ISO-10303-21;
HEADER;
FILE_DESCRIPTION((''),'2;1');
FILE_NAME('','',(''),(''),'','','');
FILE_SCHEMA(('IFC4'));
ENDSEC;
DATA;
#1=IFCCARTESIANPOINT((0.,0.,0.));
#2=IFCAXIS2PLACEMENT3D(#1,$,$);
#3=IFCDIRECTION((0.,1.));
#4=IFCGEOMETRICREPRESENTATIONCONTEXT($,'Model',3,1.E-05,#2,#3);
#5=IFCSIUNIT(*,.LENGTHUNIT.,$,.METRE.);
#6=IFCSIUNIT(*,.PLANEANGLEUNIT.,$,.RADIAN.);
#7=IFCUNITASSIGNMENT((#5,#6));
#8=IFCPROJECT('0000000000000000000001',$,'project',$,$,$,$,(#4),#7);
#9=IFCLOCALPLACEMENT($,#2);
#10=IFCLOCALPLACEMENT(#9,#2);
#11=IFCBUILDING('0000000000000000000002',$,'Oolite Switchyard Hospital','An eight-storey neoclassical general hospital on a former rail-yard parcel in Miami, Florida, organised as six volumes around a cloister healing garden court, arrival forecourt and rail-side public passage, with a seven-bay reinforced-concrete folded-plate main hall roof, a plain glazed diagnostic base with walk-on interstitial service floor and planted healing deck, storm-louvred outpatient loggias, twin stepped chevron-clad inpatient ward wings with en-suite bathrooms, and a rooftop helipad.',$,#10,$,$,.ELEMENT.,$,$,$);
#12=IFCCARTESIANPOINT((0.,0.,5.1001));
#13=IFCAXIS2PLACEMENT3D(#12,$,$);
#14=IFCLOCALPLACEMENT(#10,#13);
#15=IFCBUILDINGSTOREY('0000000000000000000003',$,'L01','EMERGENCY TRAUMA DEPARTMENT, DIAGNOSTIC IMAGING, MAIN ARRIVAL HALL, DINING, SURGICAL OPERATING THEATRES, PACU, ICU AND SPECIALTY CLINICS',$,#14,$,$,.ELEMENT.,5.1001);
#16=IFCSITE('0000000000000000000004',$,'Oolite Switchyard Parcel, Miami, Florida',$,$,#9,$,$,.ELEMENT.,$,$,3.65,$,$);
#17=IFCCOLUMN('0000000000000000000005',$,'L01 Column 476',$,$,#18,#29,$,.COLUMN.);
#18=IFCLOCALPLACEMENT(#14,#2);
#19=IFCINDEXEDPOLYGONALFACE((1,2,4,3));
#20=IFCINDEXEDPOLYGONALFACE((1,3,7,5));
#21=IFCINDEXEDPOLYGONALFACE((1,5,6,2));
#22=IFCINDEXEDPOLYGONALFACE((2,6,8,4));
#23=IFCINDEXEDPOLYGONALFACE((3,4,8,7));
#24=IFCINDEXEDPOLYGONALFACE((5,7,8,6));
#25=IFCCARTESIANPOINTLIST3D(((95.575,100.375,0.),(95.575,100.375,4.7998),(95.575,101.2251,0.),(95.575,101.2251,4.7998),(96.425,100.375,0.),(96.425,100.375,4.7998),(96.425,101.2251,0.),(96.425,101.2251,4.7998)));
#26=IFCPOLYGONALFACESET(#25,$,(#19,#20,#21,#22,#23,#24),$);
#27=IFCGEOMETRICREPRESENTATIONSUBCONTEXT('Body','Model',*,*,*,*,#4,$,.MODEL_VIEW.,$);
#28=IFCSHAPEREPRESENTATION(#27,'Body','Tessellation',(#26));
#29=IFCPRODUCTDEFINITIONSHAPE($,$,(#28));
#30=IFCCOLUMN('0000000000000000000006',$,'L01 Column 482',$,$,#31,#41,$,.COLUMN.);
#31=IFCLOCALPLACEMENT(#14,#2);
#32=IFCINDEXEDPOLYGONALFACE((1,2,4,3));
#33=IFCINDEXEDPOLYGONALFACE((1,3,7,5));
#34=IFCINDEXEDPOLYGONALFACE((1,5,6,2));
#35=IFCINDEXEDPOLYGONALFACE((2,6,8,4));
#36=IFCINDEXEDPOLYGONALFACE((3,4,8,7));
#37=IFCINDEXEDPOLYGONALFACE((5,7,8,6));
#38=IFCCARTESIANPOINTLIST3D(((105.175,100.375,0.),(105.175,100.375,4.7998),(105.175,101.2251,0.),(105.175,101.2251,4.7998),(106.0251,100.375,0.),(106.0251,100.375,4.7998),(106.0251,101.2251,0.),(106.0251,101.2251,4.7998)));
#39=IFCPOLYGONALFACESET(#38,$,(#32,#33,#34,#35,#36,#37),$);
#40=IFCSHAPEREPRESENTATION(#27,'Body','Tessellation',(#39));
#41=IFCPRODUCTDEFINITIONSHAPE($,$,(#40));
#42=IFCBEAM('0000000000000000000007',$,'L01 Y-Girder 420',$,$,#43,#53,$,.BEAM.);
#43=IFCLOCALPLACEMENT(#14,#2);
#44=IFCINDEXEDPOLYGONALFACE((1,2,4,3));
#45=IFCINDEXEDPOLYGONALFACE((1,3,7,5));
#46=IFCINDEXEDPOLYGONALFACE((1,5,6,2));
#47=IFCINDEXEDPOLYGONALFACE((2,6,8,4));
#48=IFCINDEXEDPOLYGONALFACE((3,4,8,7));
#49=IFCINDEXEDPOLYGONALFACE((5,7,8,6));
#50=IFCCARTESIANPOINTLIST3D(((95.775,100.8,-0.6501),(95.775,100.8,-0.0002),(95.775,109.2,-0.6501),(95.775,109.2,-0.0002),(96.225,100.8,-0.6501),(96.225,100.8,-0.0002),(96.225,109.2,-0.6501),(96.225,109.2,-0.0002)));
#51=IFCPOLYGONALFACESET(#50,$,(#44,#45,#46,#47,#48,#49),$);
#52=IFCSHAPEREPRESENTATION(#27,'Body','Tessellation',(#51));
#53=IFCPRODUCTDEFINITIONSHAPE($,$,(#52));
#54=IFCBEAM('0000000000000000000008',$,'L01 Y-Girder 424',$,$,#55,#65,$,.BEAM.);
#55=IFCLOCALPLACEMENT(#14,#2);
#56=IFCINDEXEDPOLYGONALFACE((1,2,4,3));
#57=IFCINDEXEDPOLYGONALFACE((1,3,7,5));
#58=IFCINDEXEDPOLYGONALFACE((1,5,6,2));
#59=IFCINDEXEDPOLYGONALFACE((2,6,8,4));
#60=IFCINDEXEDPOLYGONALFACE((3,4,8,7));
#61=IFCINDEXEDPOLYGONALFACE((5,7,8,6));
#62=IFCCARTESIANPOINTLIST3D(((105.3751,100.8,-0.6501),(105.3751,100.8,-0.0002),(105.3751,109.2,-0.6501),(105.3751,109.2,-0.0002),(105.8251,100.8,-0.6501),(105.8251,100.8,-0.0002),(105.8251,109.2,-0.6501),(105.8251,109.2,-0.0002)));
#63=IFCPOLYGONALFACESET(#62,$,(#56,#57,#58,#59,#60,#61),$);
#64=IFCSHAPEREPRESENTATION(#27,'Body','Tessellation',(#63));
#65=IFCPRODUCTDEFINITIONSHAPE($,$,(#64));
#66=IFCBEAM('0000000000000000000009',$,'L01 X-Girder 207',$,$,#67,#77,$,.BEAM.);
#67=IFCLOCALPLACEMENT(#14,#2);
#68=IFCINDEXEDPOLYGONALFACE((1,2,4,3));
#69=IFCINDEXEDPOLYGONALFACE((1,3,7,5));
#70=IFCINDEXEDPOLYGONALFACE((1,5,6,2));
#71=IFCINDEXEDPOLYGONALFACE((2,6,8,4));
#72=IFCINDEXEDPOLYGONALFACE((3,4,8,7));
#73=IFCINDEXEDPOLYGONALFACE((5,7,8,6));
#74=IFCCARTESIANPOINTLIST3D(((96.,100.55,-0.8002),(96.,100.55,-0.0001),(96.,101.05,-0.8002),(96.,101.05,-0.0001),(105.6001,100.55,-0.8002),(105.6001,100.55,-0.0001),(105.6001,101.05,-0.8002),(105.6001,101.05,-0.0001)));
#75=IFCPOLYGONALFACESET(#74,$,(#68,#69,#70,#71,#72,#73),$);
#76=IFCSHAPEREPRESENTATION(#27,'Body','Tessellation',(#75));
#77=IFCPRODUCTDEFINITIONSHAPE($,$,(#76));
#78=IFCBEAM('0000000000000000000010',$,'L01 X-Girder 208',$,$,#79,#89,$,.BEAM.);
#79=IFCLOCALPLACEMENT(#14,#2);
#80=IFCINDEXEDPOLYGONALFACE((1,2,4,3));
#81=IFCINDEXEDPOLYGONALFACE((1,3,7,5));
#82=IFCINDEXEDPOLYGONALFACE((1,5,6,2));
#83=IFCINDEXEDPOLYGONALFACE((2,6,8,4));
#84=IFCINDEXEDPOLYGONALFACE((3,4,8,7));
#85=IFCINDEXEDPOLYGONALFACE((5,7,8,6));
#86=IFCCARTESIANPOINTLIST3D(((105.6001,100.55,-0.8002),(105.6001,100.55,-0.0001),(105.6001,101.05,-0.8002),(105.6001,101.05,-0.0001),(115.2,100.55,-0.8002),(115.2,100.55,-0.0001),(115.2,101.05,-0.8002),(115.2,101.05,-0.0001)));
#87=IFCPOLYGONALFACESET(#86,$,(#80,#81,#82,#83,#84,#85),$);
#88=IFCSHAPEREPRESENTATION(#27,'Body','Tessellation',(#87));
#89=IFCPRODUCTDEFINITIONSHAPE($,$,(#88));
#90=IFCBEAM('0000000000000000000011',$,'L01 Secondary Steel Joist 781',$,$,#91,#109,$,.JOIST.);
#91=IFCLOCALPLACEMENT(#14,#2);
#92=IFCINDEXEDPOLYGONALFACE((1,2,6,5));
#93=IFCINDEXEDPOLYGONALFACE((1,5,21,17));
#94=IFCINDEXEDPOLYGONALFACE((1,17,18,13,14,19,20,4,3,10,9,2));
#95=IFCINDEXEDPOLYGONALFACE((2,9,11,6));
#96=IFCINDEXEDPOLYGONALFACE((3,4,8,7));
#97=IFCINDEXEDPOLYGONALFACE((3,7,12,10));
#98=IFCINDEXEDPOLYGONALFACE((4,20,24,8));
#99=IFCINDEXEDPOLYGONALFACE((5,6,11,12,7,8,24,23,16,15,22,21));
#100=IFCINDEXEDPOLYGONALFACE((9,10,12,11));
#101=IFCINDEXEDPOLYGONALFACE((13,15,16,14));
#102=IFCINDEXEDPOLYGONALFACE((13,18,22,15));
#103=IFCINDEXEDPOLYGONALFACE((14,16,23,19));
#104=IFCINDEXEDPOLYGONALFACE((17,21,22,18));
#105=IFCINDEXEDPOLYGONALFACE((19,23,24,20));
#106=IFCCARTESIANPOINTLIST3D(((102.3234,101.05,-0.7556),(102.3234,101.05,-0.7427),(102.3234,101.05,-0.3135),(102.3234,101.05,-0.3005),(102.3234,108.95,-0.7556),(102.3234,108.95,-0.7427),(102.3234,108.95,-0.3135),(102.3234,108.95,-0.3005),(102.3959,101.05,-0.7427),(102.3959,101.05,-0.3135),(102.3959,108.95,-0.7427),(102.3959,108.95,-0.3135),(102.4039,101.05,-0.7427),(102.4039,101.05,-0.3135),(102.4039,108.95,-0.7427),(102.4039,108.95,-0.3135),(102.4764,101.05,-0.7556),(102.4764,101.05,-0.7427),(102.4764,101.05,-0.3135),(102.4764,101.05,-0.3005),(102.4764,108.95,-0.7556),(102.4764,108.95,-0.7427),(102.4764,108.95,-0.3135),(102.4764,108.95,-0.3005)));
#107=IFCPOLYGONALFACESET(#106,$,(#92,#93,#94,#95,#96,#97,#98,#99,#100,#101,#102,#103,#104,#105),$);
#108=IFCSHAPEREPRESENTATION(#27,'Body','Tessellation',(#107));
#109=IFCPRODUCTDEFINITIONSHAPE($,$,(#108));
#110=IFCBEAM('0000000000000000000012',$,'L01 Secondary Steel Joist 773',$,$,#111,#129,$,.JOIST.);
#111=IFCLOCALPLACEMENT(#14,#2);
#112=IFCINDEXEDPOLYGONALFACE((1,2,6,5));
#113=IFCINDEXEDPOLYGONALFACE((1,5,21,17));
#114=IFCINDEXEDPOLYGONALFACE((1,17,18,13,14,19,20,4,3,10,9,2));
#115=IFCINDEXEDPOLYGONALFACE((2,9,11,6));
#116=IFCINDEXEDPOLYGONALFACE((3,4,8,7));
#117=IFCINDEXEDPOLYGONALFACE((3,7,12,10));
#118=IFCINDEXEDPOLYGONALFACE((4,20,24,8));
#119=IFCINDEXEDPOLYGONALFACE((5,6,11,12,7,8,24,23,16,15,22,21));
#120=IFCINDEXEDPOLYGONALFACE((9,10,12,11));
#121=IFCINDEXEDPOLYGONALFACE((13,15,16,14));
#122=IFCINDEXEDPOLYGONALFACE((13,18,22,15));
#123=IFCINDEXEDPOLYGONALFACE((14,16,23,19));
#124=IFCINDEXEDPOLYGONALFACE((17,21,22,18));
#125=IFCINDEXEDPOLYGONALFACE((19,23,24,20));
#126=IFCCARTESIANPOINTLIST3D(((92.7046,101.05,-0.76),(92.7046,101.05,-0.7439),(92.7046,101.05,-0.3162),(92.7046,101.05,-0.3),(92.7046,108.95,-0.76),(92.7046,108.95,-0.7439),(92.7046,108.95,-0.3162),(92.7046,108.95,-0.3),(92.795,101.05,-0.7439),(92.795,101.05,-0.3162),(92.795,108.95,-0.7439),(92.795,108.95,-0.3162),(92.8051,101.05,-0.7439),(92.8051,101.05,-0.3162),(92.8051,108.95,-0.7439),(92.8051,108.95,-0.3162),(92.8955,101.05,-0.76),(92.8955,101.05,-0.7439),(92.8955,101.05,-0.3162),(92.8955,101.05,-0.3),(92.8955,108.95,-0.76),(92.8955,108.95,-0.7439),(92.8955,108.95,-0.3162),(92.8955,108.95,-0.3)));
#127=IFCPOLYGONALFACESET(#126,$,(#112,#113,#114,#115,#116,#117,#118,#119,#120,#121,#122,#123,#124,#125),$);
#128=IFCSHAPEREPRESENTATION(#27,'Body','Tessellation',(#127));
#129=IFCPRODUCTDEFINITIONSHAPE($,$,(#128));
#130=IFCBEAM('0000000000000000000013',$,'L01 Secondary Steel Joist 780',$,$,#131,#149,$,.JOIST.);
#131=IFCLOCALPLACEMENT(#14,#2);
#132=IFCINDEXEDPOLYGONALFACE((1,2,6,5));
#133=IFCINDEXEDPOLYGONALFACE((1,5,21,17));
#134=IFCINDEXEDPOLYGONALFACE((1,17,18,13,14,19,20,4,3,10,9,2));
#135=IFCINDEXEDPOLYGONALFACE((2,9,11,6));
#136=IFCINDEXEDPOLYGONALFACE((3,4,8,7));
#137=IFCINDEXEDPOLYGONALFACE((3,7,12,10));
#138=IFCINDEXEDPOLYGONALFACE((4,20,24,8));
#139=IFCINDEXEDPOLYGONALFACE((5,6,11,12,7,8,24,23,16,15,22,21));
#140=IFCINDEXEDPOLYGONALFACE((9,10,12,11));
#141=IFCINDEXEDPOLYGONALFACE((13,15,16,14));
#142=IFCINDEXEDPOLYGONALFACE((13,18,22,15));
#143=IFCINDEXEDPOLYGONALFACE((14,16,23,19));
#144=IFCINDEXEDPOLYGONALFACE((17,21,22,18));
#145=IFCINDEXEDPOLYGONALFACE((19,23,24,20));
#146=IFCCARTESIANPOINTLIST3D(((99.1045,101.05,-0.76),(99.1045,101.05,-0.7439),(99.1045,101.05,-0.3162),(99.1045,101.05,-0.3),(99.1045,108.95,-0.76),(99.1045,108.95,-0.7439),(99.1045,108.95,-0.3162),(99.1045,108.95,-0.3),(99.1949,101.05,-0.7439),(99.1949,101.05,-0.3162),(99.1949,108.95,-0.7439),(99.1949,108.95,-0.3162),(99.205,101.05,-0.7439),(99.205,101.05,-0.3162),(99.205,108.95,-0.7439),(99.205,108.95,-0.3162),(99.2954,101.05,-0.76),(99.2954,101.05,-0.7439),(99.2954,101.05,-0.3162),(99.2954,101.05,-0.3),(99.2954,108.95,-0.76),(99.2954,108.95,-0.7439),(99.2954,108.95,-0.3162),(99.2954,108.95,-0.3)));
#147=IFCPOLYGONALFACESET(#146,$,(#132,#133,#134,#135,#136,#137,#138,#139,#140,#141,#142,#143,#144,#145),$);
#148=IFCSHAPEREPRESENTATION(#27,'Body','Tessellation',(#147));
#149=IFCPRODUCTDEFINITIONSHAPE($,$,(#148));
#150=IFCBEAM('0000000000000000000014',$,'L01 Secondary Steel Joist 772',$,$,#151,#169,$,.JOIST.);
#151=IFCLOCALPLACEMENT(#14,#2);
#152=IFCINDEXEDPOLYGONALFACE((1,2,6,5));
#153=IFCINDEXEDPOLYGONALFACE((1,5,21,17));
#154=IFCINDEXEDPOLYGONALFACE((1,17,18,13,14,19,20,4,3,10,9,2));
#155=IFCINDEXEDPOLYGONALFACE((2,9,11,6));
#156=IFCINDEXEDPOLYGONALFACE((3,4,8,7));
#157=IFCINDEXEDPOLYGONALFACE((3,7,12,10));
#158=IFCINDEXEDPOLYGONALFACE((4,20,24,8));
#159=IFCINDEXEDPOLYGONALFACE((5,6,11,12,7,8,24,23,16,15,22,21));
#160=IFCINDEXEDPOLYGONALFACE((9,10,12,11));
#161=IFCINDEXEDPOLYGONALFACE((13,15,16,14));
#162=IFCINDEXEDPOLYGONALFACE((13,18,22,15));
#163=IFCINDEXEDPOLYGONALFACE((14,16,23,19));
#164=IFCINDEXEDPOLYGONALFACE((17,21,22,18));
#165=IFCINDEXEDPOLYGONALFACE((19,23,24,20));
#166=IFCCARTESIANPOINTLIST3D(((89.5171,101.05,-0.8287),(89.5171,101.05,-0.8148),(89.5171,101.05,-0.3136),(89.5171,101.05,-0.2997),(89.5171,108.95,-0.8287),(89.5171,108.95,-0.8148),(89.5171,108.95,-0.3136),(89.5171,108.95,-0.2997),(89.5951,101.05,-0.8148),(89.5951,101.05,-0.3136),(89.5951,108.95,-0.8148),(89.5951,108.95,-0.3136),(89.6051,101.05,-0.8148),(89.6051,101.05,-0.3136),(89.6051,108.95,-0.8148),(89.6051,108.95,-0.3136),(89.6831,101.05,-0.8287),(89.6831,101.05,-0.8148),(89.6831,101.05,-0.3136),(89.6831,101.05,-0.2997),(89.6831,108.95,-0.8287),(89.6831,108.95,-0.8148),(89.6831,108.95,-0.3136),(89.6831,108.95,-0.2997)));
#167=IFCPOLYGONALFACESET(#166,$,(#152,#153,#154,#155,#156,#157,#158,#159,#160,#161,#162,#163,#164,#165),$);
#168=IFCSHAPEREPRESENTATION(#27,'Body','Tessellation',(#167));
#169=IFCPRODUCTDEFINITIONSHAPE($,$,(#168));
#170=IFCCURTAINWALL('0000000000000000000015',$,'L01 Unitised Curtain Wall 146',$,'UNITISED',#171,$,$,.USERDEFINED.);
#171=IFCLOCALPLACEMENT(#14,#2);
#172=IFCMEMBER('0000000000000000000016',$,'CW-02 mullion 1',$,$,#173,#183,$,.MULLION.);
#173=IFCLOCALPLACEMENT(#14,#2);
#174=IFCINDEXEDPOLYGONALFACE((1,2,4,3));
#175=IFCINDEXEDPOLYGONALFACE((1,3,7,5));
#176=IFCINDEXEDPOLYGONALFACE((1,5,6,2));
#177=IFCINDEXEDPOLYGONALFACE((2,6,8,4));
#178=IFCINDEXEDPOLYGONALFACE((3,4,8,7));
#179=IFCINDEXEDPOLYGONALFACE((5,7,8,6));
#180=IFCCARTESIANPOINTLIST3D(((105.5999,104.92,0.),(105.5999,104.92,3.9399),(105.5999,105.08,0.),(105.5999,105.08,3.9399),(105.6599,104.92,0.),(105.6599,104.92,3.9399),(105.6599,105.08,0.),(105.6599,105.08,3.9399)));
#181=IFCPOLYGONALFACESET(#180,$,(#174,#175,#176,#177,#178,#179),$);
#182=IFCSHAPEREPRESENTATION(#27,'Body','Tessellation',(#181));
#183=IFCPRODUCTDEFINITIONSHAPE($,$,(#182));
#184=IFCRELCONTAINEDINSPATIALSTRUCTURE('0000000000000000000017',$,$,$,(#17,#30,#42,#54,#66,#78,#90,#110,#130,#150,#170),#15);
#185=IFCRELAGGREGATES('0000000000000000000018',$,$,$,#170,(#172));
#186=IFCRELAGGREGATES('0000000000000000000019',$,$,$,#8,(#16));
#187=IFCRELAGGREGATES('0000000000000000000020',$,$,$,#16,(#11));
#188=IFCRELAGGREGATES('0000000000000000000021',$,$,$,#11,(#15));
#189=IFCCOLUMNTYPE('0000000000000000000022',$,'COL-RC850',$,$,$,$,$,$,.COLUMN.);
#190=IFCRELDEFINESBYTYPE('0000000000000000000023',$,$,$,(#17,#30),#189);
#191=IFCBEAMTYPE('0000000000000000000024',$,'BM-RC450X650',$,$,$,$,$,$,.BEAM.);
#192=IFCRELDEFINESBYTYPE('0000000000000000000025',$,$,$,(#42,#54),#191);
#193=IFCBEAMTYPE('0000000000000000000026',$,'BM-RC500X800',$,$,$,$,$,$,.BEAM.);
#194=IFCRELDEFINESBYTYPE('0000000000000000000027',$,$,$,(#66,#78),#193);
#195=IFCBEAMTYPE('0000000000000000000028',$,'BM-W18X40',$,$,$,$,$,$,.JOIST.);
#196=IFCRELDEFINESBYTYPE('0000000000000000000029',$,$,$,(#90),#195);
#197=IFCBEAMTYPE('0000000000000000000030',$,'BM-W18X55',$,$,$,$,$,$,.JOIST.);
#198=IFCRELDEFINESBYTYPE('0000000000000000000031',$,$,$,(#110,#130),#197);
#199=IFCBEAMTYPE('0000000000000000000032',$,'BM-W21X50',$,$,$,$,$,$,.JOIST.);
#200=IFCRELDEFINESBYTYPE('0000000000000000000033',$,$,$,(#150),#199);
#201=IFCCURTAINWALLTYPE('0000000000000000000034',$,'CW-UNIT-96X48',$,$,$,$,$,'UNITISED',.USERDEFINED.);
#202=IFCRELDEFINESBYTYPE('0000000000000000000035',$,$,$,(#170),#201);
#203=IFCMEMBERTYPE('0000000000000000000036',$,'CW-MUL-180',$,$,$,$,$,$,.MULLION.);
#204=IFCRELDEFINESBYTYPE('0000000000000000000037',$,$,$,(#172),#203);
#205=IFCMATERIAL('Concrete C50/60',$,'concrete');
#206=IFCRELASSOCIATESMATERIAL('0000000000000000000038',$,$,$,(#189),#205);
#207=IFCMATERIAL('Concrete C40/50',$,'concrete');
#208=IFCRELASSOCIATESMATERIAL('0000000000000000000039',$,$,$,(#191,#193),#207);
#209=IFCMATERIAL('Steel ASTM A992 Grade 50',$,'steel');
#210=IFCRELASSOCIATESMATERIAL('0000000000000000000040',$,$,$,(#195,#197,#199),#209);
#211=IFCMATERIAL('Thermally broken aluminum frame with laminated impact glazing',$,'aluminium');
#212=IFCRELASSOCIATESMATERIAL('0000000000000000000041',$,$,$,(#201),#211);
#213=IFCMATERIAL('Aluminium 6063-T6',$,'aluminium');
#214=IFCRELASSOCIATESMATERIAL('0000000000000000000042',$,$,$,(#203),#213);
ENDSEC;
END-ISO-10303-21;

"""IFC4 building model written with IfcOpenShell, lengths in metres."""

from ifc_helpers import new_model, si_unit, direction, frame, origin, origin_2d, place, context, subcontext, project, spatial, rectangle, i_section, extrude, material, material_profile, profile_set, type_object, element, aggregate, save


model = new_model("IFC4")

# Units and contexts
model_context = context("Model", 3, precision=1e-05, world=origin(), true_north=direction((0.0, 1.0)))
body_context = subcontext(model_context, "Body", "Model", "MODEL_VIEW")
ifc_project = project(units=[si_unit("LENGTHUNIT", "METRE"), si_unit("PLANEANGLEUNIT", "RADIAN")], contexts=[model_context])

# Site, building, storey
site_placement = place(None, origin())
site = spatial("IfcSite", under=ifc_project, at=site_placement, Name="Oolite Switchyard Parcel, Miami, Florida", CompositionType="ELEMENT", RefElevation=3.65)
building_placement = place(site_placement, origin())
building = spatial("IfcBuilding", under=site, at=building_placement, Name="Oolite Switchyard Hospital", Description="An eight-storey neoclassical general hospital on a former rail-yard parcel in Miami, Florida, organised as six volumes around a cloister healing garden court, arrival forecourt and rail-side public passage, with a seven-bay reinforced-concrete folded-plate main hall roof, a plain glazed diagnostic base with walk-on interstitial service floor and planted healing deck, storm-louvred outpatient loggias, twin stepped chevron-clad inpatient ward wings with en-suite bathrooms, and a rooftop helipad.", CompositionType="ELEMENT")
storey_placement = place(building_placement, frame((0.0, 0.0, 5.1001)))
storey = spatial("IfcBuildingStorey", under=building, at=storey_placement, Name="L01", Description="EMERGENCY TRAUMA DEPARTMENT, DIAGNOSTIC IMAGING, MAIN ARRIVAL HALL, DINING, SURGICAL OPERATING THEATRES, PACU, ICU AND SPECIALTY CLINICS", CompositionType="ELEMENT", Elevation=5.1001)

# Columns
ifc_material_1 = material(Name="Concrete C50/60", Category="concrete")
ifc_material_profile_1 = material_profile(ifc_material_1, rectangle(XDim=0.8501, YDim=0.8501, at=origin_2d()), Name="RC850X850")
ifc_profile_set_1 = profile_set([ifc_material_profile_1], Name="Concrete C50/60")
column_type = type_object("IfcColumnType", Name="COL-RC850", PredefinedType="COLUMN", material=ifc_profile_set_1)
for number, where, z_axis, x_axis, name in (
    (1, (96.0, 100.8, 0.0), (0.0, 0.0, 1.0), (1.0, 0.0, 0.0), "L01 Column 476"),
    (2, (105.6001, 100.8, 0.0), (0.0, 0.0, 1.0), (1.0, 0.0, 0.0), "L01 Column 482"),
):
    element("IfcColumn", number, at=place(storey_placement, frame(where, z_axis=z_axis, x_axis=x_axis)), inside=storey, type_object=column_type, Name=name, PredefinedType="COLUMN", context=body_context, shape_type="SweptSolid", body=[
        extrude(rectangle(XDim=0.8501, YDim=0.8501, at=origin_2d()), origin(), (0.0, 0.0, 1.0), 4.7998),
    ])

# Beams
ifc_material_2 = material(Name="Concrete C40/50", Category="concrete")
ifc_material_profile_2 = material_profile(ifc_material_2, rectangle(XDim=0.45, YDim=0.6499, at=origin_2d()), Name="RCB450X650")
ifc_profile_set_2 = profile_set([ifc_material_profile_2], Name="Concrete C40/50")
beam_type_1 = type_object("IfcBeamType", Name="BM-RC450X650", PredefinedType="BEAM", material=ifc_profile_set_2)
for number, where, z_axis, x_axis, name in (
    (3, (96.0, 100.8, -0.3252), (0.0, 1.0, 0.0), (-1.0, 0.0, 0.0), "L01 Y-Girder 420"),
    (4, (105.6001, 100.8, -0.3252), (0.0, 1.0, 0.0), (-1.0, 0.0, 0.0), "L01 Y-Girder 424"),
):
    element("IfcBeam", number, at=place(storey_placement, frame(where, z_axis=z_axis, x_axis=x_axis)), inside=storey, type_object=beam_type_1, Name=name, PredefinedType="BEAM", context=body_context, shape_type="SweptSolid", body=[
        extrude(rectangle(XDim=0.45, YDim=0.6499, at=origin_2d()), origin(), (0.0, 0.0, 1.0), 8.3999),
    ])
ifc_material_profile_3 = material_profile(ifc_material_2, rectangle(XDim=0.5, YDim=0.8, at=origin_2d()), Name="RCB500X800")
ifc_profile_set_3 = profile_set([ifc_material_profile_3], Name="Concrete C40/50")
beam_type_2 = type_object("IfcBeamType", Name="BM-RC500X800", PredefinedType="BEAM", material=ifc_profile_set_3)
beam_1_placement = place(storey_placement, frame((96.0, 100.8, -0.4001), z_axis=(1.0, 0.0, 0.0), x_axis=(0.0, 1.0, 0.0)))
element("IfcBeam", 5, at=beam_1_placement, inside=storey, type_object=beam_type_2, Name="L01 X-Girder 207", PredefinedType="BEAM", context=body_context, shape_type="SweptSolid", body=[
    extrude(rectangle(XDim=0.5, YDim=0.8, at=origin_2d()), origin(), (0.0, 0.0, 1.0), 9.6001),
])
beam_2_placement = place(storey_placement, frame((105.6001, 100.8, -0.4001), z_axis=(1.0, 0.0, 0.0), x_axis=(0.0, 1.0, 0.0)))
element("IfcBeam", 6, at=beam_2_placement, inside=storey, type_object=beam_type_2, Name="L01 X-Girder 208", PredefinedType="BEAM", context=body_context, shape_type="SweptSolid", body=[
    extrude(rectangle(XDim=0.5, YDim=0.8, at=origin_2d()), origin(), (0.0, 0.0, 1.0), 9.5999),
])
ifc_material_3 = material(Name="Steel ASTM A992 Grade 50", Category="steel")
ifc_material_profile_4 = material_profile(ifc_material_3, i_section(OverallWidth=0.1531, OverallDepth=0.4551, WebThickness=0.0081, FlangeThickness=0.0129, at=origin_2d()), Name="W18X40")
ifc_profile_set_4 = profile_set([ifc_material_profile_4], Name="Steel ASTM A992 Grade 50")
beam_type_3 = type_object("IfcBeamType", Name="BM-W18X40", PredefinedType="JOIST", material=ifc_profile_set_4)
beam_3_placement = place(storey_placement, frame((102.3999, 101.05, -0.5281), z_axis=(0.0, 1.0, 0.0), x_axis=(-1.0, 0.0, 0.0)))
element("IfcBeam", 7, at=beam_3_placement, inside=storey, type_object=beam_type_3, Name="L01 Secondary Steel Joist 781", PredefinedType="JOIST", context=body_context, shape_type="SweptSolid", body=[
    extrude(i_section(OverallWidth=0.1531, OverallDepth=0.4551, WebThickness=0.0081, FlangeThickness=0.0129, at=origin_2d()), origin(), (0.0, 0.0, 1.0), 7.8999),
])
ifc_material_profile_5 = material_profile(ifc_material_3, i_section(OverallWidth=0.1909, OverallDepth=0.46, WebThickness=0.01, FlangeThickness=0.0161, at=origin_2d()), Name="W18X55")
ifc_profile_set_5 = profile_set([ifc_material_profile_5], Name="Steel ASTM A992 Grade 50")
beam_type_4 = type_object("IfcBeamType", Name="BM-W18X55", PredefinedType="JOIST", material=ifc_profile_set_5)
for number, where, z_axis, x_axis, name in (
    (8, (92.8, 101.05, -0.53), (0.0, 1.0, 0.0), (-1.0, 0.0, 0.0), "L01 Secondary Steel Joist 773"),
    (9, (99.2, 101.05, -0.53), (0.0, 1.0, 0.0), (-1.0, 0.0, 0.0), "L01 Secondary Steel Joist 780"),
):
    element("IfcBeam", number, at=place(storey_placement, frame(where, z_axis=z_axis, x_axis=x_axis)), inside=storey, type_object=beam_type_4, Name=name, PredefinedType="JOIST", context=body_context, shape_type="SweptSolid", body=[
        extrude(i_section(OverallWidth=0.1909, OverallDepth=0.46, WebThickness=0.01, FlangeThickness=0.0161, at=origin_2d()), origin(), (0.0, 0.0, 1.0), 7.8999),
    ])
ifc_material_profile_6 = material_profile(ifc_material_3, i_section(OverallWidth=0.166, OverallDepth=0.5291, WebThickness=0.01, FlangeThickness=0.0139, at=origin_2d()), Name="W21X50")
ifc_profile_set_6 = profile_set([ifc_material_profile_6], Name="Steel ASTM A992 Grade 50")
beam_type_5 = type_object("IfcBeamType", Name="BM-W21X50", PredefinedType="JOIST", material=ifc_profile_set_6)
beam_4_placement = place(storey_placement, frame((89.6001, 101.05, -0.5642), z_axis=(0.0, 1.0, 0.0), x_axis=(-1.0, 0.0, 0.0)))
element("IfcBeam", 10, at=beam_4_placement, inside=storey, type_object=beam_type_5, Name="L01 Secondary Steel Joist 772", PredefinedType="JOIST", context=body_context, shape_type="SweptSolid", body=[
    extrude(i_section(OverallWidth=0.166, OverallDepth=0.5291, WebThickness=0.01, FlangeThickness=0.0139, at=origin_2d()), origin(), (0.0, 0.0, 1.0), 7.8999),
])

# Curtain wall, member
ifc_material_4 = material(Name="Thermally broken aluminum frame with laminated impact glazing", Category="aluminium")
curtain_wall_type = type_object("IfcCurtainWallType", Name="CW-UNIT-96X48", ElementType="UNITISED", PredefinedType="USERDEFINED", material=ifc_material_4)
curtain_wall_placement = place(storey_placement, origin())
curtain_wall = element("IfcCurtainWall", 11, at=curtain_wall_placement, inside=storey, type_object=curtain_wall_type, Name="L01 Unitised Curtain Wall 146", ObjectType="UNITISED", PredefinedType="USERDEFINED")
ifc_material_5 = material(Name="Aluminium 6063-T6", Category="aluminium")
ifc_material_profile_7 = material_profile(ifc_material_5, rectangle(XDim=0.1599, YDim=0.0601, at=origin_2d()), Name="CWM60X160")
ifc_profile_set_7 = profile_set([ifc_material_profile_7], Name="Aluminium 6063-T6")
member_type_1 = type_object("IfcMemberType", Name="CW-MUL-180", PredefinedType="MULLION", material=ifc_profile_set_7)
member_1_placement = place(storey_placement, frame((105.6299, 105.0, 0.0), z_axis=(0.0, 0.0, 1.0), x_axis=(0.0, 1.0, 0.0)))
member_1 = element("IfcMember", 12, at=member_1_placement, type_object=member_type_1, Name="CW-02 mullion 1", PredefinedType="MULLION", context=body_context, shape_type="SweptSolid", body=[
    extrude(rectangle(XDim=0.1599, YDim=0.0601, at=origin_2d()), origin(), (0.0, 0.0, 1.0), 3.9399),
])
aggregate(curtain_wall, [member_1])

save(model, "model.ifc")
